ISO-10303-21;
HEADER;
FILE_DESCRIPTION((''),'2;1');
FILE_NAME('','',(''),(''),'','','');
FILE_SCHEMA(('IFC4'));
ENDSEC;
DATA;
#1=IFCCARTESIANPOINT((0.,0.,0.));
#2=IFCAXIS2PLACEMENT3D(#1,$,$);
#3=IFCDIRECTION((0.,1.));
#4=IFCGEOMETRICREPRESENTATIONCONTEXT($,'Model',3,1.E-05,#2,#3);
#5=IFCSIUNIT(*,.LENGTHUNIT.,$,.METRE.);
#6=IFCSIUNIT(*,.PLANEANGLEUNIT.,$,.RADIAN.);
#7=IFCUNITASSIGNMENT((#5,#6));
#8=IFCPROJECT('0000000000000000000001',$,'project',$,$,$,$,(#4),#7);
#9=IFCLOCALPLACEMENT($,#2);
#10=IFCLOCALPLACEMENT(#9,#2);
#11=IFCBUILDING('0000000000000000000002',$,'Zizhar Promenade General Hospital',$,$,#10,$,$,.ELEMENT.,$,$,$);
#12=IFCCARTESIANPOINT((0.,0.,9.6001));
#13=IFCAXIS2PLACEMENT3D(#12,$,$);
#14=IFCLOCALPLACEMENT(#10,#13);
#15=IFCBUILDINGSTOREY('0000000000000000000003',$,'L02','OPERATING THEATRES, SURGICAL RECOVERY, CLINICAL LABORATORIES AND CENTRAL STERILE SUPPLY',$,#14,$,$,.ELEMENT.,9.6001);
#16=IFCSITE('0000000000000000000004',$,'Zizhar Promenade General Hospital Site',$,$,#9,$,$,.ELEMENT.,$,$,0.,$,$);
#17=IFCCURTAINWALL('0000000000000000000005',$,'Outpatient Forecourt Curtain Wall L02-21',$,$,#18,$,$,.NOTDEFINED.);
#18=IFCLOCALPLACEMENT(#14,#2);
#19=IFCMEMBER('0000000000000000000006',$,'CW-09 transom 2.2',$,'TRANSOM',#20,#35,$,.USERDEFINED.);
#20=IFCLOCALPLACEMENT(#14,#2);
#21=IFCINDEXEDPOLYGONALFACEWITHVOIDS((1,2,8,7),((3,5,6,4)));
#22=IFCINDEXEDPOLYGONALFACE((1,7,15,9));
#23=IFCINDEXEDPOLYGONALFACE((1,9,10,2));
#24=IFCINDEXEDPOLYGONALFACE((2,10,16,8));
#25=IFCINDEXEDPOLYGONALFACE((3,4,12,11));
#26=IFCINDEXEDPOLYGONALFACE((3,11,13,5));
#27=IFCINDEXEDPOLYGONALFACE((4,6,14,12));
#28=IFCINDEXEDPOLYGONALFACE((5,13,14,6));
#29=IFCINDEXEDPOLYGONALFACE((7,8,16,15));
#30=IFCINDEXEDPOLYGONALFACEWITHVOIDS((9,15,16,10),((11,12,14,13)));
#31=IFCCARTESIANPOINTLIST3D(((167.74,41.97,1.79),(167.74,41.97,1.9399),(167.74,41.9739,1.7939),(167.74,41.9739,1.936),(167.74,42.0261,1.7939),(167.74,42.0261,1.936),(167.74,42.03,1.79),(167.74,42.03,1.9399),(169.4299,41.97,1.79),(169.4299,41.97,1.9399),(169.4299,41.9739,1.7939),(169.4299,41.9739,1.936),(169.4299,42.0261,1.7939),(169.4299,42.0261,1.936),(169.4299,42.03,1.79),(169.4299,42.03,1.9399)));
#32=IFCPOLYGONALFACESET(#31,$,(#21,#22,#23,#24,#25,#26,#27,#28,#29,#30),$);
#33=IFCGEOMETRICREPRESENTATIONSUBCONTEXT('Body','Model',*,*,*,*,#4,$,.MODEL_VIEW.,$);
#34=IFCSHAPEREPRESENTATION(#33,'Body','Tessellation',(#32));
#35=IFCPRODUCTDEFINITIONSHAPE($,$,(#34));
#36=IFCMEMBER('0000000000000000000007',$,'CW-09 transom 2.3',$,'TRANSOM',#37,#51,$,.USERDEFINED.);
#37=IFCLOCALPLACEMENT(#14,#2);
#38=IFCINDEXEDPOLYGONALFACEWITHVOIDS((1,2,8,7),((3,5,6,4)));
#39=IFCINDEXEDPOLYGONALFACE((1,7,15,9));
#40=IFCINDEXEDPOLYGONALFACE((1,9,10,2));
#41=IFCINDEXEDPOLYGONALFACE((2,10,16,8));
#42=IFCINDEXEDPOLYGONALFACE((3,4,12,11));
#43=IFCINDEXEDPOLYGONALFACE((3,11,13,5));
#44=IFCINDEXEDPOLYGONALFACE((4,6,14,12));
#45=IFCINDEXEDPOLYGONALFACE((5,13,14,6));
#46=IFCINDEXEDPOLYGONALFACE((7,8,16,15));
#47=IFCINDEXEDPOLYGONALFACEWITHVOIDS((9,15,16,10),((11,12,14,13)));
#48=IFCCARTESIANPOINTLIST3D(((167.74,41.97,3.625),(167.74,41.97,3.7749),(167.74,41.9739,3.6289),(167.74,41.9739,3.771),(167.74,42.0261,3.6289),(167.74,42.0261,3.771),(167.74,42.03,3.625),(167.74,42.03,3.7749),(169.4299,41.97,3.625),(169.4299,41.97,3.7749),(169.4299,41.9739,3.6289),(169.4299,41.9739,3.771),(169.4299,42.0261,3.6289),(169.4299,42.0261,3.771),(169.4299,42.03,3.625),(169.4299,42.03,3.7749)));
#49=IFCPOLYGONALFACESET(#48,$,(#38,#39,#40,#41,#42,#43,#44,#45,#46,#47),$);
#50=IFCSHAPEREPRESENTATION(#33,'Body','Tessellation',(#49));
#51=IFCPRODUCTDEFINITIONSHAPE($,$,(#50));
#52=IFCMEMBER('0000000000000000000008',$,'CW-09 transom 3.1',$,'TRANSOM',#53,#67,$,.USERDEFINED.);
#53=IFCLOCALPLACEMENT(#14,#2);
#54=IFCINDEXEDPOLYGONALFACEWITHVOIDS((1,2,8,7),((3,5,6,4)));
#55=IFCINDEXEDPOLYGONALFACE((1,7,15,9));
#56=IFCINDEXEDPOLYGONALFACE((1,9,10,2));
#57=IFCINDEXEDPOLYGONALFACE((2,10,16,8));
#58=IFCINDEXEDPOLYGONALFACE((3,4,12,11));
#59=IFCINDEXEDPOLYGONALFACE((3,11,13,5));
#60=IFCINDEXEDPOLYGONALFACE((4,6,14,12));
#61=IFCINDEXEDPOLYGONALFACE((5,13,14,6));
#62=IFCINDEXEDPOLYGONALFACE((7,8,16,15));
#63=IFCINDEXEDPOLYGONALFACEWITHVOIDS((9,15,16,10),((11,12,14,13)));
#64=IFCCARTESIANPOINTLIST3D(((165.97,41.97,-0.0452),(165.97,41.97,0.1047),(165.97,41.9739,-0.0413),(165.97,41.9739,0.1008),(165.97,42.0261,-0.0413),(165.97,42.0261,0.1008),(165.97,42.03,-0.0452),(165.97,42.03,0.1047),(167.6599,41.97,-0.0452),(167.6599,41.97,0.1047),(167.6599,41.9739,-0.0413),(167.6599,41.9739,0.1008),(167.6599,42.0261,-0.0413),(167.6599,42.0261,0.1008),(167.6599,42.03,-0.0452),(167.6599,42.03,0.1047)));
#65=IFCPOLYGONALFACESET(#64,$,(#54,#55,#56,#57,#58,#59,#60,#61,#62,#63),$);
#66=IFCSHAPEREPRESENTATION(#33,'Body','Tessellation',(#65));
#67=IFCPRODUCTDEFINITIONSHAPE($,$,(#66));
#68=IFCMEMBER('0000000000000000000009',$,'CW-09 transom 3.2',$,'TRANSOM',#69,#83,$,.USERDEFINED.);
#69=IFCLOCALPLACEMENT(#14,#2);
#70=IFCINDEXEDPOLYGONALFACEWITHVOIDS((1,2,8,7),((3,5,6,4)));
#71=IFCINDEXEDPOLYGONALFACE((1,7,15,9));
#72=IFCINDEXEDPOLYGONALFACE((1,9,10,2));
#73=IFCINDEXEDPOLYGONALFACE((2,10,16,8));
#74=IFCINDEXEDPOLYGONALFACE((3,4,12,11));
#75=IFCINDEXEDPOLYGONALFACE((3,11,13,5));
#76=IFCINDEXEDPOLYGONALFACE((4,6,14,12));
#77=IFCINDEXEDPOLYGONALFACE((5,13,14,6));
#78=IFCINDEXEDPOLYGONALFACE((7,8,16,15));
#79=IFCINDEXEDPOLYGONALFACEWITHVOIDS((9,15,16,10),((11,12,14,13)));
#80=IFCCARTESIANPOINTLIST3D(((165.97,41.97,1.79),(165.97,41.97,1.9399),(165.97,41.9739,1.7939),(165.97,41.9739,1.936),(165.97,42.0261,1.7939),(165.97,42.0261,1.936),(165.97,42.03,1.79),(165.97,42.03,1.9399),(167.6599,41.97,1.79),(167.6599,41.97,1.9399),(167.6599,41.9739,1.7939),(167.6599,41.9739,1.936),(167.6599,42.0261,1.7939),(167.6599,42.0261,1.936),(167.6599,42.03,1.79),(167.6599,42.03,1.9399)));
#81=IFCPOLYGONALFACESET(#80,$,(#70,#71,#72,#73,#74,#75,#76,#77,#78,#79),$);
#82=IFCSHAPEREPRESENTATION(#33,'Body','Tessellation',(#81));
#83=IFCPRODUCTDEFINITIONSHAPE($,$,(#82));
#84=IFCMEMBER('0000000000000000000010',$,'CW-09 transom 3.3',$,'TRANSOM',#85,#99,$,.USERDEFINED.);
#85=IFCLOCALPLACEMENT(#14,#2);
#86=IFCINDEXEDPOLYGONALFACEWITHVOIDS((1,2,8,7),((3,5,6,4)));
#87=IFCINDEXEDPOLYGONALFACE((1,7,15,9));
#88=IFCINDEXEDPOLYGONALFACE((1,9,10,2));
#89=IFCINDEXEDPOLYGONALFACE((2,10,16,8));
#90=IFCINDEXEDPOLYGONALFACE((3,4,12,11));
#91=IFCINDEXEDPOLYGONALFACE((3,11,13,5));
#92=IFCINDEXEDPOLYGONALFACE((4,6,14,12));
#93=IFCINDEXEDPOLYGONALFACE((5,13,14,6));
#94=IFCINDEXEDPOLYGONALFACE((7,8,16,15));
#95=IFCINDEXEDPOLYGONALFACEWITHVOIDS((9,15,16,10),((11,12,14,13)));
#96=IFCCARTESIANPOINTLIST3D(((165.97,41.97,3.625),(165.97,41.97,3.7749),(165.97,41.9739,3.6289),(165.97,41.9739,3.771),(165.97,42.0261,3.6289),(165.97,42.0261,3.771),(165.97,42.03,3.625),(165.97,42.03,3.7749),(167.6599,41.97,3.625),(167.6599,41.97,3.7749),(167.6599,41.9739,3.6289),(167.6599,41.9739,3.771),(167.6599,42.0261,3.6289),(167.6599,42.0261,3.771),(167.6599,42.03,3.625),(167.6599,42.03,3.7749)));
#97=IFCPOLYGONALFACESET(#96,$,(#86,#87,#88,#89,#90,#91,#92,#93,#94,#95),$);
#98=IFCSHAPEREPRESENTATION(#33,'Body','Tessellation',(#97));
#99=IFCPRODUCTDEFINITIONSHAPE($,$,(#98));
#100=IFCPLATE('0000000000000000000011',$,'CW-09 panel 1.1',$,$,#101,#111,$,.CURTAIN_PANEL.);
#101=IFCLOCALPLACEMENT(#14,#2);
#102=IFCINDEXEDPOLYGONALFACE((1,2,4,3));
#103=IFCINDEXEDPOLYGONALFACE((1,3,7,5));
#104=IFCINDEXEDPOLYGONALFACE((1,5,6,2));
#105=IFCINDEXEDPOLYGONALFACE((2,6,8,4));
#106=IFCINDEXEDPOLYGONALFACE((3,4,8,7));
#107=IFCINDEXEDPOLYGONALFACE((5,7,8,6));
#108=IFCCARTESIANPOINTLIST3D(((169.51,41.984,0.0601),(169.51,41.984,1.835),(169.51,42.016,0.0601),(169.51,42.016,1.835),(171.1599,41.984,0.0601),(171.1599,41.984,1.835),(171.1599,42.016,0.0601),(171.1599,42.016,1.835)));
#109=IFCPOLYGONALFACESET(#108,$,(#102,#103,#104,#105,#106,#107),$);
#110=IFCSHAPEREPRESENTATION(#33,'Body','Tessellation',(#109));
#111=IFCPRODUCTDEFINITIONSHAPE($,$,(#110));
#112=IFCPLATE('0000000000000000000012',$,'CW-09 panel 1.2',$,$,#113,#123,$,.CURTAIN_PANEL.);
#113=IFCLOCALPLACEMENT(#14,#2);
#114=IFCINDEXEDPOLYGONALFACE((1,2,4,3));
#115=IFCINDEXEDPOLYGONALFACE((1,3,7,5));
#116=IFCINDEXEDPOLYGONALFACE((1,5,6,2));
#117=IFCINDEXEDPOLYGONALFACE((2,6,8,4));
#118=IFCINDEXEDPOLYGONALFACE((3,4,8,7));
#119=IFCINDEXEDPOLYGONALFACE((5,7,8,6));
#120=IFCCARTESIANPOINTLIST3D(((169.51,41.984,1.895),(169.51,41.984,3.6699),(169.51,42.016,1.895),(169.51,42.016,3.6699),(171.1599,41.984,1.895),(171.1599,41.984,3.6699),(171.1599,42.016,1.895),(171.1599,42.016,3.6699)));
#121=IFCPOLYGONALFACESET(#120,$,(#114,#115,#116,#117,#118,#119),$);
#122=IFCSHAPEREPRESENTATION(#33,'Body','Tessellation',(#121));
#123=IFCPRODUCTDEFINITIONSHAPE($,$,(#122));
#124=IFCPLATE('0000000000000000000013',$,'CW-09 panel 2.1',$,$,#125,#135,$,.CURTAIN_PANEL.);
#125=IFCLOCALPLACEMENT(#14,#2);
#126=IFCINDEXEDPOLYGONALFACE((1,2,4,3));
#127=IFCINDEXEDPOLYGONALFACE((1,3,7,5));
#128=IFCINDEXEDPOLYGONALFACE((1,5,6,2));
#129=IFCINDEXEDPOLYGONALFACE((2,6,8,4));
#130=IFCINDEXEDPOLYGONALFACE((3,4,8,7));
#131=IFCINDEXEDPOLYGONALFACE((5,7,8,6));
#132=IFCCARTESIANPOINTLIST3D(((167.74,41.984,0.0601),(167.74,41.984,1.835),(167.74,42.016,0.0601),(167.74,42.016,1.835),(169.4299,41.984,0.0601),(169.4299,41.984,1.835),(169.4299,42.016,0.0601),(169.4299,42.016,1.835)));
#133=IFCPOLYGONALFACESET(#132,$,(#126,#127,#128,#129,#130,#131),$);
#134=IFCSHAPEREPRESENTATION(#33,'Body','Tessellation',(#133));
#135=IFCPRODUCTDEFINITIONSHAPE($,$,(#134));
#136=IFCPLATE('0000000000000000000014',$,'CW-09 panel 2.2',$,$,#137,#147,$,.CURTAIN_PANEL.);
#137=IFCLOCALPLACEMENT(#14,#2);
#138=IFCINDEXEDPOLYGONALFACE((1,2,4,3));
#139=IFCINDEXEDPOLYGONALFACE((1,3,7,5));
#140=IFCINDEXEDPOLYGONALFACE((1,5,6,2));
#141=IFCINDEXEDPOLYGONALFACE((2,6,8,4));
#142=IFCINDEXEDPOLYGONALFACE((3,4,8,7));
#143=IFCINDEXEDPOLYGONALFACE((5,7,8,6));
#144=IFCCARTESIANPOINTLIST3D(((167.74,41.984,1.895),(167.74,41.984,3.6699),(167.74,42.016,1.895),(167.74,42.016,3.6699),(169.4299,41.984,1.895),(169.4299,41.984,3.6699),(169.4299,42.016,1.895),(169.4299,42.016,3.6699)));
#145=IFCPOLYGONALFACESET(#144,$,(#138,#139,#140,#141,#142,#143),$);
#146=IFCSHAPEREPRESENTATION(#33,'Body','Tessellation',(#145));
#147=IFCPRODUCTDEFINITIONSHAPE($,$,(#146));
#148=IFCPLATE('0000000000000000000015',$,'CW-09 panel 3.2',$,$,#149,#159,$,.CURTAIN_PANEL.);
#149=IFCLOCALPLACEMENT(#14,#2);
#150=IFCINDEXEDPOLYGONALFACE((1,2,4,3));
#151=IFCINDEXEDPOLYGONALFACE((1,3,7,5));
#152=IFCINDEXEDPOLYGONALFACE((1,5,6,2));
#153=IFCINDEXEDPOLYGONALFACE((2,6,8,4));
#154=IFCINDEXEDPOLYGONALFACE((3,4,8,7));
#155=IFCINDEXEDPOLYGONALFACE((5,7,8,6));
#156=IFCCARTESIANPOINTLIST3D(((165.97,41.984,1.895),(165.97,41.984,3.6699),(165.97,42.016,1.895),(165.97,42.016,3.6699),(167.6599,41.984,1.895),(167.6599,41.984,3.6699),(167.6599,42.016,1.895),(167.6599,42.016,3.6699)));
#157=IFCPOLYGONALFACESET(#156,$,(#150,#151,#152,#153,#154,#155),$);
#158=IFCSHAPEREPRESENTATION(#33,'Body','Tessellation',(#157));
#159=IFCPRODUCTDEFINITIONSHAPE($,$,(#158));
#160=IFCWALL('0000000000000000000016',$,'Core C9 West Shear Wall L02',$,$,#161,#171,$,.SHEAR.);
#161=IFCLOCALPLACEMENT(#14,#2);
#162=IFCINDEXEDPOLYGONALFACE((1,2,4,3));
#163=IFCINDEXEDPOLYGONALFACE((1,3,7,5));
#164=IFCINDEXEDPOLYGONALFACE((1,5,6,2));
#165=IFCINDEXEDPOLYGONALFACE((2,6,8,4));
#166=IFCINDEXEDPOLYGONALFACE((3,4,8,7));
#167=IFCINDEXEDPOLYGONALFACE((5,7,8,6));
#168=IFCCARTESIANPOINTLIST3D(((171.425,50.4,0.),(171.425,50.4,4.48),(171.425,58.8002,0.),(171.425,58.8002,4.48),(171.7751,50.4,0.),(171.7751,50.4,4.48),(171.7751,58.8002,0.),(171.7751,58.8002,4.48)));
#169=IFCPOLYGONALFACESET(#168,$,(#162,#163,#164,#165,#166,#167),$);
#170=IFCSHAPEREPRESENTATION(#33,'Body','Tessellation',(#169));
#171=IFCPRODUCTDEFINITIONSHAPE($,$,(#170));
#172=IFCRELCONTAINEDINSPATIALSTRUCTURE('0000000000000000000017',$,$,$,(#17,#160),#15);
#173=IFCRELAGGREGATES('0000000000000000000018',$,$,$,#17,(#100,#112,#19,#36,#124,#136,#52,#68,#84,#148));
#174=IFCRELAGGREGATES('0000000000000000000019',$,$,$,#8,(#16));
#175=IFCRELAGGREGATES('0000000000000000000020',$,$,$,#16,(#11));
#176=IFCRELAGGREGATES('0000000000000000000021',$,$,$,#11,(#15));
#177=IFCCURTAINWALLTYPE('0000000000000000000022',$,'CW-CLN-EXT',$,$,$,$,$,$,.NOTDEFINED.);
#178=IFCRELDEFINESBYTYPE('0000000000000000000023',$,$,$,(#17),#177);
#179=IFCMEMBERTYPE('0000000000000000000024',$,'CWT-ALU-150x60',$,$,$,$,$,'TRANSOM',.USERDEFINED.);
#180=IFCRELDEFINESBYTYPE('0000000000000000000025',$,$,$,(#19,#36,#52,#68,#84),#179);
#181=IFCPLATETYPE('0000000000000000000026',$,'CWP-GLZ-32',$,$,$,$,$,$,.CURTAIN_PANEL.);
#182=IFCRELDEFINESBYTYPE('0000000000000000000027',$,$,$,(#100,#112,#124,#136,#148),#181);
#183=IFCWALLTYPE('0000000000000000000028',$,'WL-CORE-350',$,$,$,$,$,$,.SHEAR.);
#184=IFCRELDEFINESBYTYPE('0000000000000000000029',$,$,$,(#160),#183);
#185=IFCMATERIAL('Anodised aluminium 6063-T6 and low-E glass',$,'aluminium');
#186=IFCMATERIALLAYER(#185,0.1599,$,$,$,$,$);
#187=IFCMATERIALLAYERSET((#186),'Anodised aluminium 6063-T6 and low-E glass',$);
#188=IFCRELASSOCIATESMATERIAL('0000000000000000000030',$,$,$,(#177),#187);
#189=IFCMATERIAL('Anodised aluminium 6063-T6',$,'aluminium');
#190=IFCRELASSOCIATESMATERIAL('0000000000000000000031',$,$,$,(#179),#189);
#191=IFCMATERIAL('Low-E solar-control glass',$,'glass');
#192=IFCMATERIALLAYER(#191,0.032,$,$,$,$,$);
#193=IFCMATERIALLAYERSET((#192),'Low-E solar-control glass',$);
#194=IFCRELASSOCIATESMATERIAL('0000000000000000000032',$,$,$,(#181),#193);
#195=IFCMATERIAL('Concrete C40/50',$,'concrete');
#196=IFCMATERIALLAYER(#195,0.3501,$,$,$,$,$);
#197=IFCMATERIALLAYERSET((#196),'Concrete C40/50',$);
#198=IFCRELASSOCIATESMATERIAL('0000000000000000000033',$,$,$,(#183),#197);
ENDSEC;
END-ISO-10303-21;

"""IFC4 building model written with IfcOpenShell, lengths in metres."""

from ifc_helpers import new_model, si_unit, direction, frame, frame_2d, origin, origin_2d, place, context, subcontext, project, spatial, rectangle, hollow_rectangle, extrude, material, layer, layer_set, material_profile, profile_set, type_object, element, aggregate, save


model = new_model("IFC4")

# Units and contexts
model_context = context("Model", 3, precision=1e-05, world=origin(), true_north=direction((0.0, 1.0)))
body_context = subcontext(model_context, "Body", "Model", "MODEL_VIEW")
ifc_project = project(units=[si_unit("LENGTHUNIT", "METRE"), si_unit("PLANEANGLEUNIT", "RADIAN")], contexts=[model_context])

# Site, building, storey
site_placement = place(None, origin())
site = spatial("IfcSite", under=ifc_project, at=site_placement, Name="Zizhar Promenade General Hospital Site", CompositionType="ELEMENT", RefElevation=0.0)
building_placement = place(site_placement, origin())
building = spatial("IfcBuilding", under=site, at=building_placement, Name="Zizhar Promenade General Hospital", CompositionType="ELEMENT")
storey_placement = place(building_placement, frame((0.0, 0.0, 9.6001)))
storey = spatial("IfcBuildingStorey", under=building, at=storey_placement, Name="L02", Description="OPERATING THEATRES, SURGICAL RECOVERY, CLINICAL LABORATORIES AND CENTRAL STERILE SUPPLY", CompositionType="ELEMENT", Elevation=9.6001)

# Curtain wall, members, plates
ifc_material_1 = material(Name="Anodised aluminium 6063-T6 and low-E glass", Category="aluminium")
ifc_layer_1 = layer(ifc_material_1, 0.1599)
ifc_layer_set_1 = layer_set([ifc_layer_1], Name="Anodised aluminium 6063-T6 and low-E glass")
curtain_wall_type = type_object("IfcCurtainWallType", Name="CW-CLN-EXT", PredefinedType="NOTDEFINED", material=ifc_layer_set_1)
curtain_wall_placement = place(storey_placement, origin())
curtain_wall = element("IfcCurtainWall", 1, at=curtain_wall_placement, inside=storey, type_object=curtain_wall_type, Name="Outpatient Forecourt Curtain Wall L02-21", PredefinedType="NOTDEFINED")
ifc_material_2 = material(Name="Anodised aluminium 6063-T6", Category="aluminium")
ifc_material_profile_1 = material_profile(ifc_material_2, hollow_rectangle(XDim=0.0601, YDim=0.1499, WallThickness=0.0039, at=origin_2d()))
ifc_profile_set_1 = profile_set([ifc_material_profile_1], Name="Anodised aluminium 6063-T6")
member_type_1 = type_object("IfcMemberType", Name="CWT-ALU-150x60", ElementType="TRANSOM", PredefinedType="USERDEFINED", material=ifc_profile_set_1)
member_1_placement = place(storey_placement, frame((169.4299, 42.0, 1.865), z_axis=(-1.0, 0.0, 0.0), x_axis=(0.0, -1.0, 0.0)))
member_1 = element("IfcMember", 2, at=member_1_placement, type_object=member_type_1, Name="CW-09 transom 2.2", ObjectType="TRANSOM", PredefinedType="USERDEFINED", context=body_context, shape_type="SweptSolid", body=[
    extrude(hollow_rectangle(XDim=0.0601, YDim=0.1499, WallThickness=0.0039, at=origin_2d()), origin(), (0.0, 0.0, 1.0), 1.6899),
])
member_2_placement = place(storey_placement, frame((169.4299, 42.0, 3.7), z_axis=(-1.0, 0.0, 0.0), x_axis=(0.0, -1.0, 0.0)))
member_2 = element("IfcMember", 3, at=member_2_placement, type_object=member_type_1, Name="CW-09 transom 2.3", ObjectType="TRANSOM", PredefinedType="USERDEFINED", context=body_context, shape_type="SweptSolid", body=[
    extrude(hollow_rectangle(XDim=0.0601, YDim=0.1499, WallThickness=0.0039, at=origin_2d()), origin(), (0.0, 0.0, 1.0), 1.6899),
])
member_3_placement = place(storey_placement, frame((167.6599, 42.0, 0.0298), z_axis=(-1.0, 0.0, 0.0), x_axis=(0.0, -1.0, 0.0)))
member_3 = element("IfcMember", 4, at=member_3_placement, type_object=member_type_1, Name="CW-09 transom 3.1", ObjectType="TRANSOM", PredefinedType="USERDEFINED", context=body_context, shape_type="SweptSolid", body=[
    extrude(hollow_rectangle(XDim=0.0601, YDim=0.1499, WallThickness=0.0039, at=origin_2d()), origin(), (0.0, 0.0, 1.0), 1.6899),
])
member_4_placement = place(storey_placement, frame((167.6599, 42.0, 1.865), z_axis=(-1.0, 0.0, 0.0), x_axis=(0.0, -1.0, 0.0)))
member_4 = element("IfcMember", 5, at=member_4_placement, type_object=member_type_1, Name="CW-09 transom 3.2", ObjectType="TRANSOM", PredefinedType="USERDEFINED", context=body_context, shape_type="SweptSolid", body=[
    extrude(hollow_rectangle(XDim=0.0601, YDim=0.1499, WallThickness=0.0039, at=origin_2d()), origin(), (0.0, 0.0, 1.0), 1.6899),
])
member_5_placement = place(storey_placement, frame((167.6599, 42.0, 3.7), z_axis=(-1.0, 0.0, 0.0), x_axis=(0.0, -1.0, 0.0)))
member_5 = element("IfcMember", 6, at=member_5_placement, type_object=member_type_1, Name="CW-09 transom 3.3", ObjectType="TRANSOM", PredefinedType="USERDEFINED", context=body_context, shape_type="SweptSolid", body=[
    extrude(hollow_rectangle(XDim=0.0601, YDim=0.1499, WallThickness=0.0039, at=origin_2d()), origin(), (0.0, 0.0, 1.0), 1.6899),
])
ifc_material_3 = material(Name="Low-E solar-control glass", Category="glass")
ifc_layer_2 = layer(ifc_material_3, 0.032)
ifc_layer_set_2 = layer_set([ifc_layer_2], Name="Low-E solar-control glass")
plate_type = type_object("IfcPlateType", Name="CWP-GLZ-32", PredefinedType="CURTAIN_PANEL", material=ifc_layer_set_2)
plate_1_placement = place(storey_placement, frame((170.335, 42.0, 0.0601), z_axis=(0.0, 0.0, 1.0), x_axis=(-1.0, 0.0, 0.0)))
plate_1 = element("IfcPlate", 7, at=plate_1_placement, type_object=plate_type, Name="CW-09 panel 1.1", PredefinedType="CURTAIN_PANEL", context=body_context, shape_type="SweptSolid", body=[
    extrude(rectangle(XDim=1.6499, YDim=0.032, at=origin_2d()), origin(), (0.0, 0.0, 1.0), 1.7749),
])
plate_2_placement = place(storey_placement, frame((170.335, 42.0, 1.895), z_axis=(0.0, 0.0, 1.0), x_axis=(-1.0, 0.0, 0.0)))
plate_2 = element("IfcPlate", 8, at=plate_2_placement, type_object=plate_type, Name="CW-09 panel 1.2", PredefinedType="CURTAIN_PANEL", context=body_context, shape_type="SweptSolid", body=[
    extrude(rectangle(XDim=1.6499, YDim=0.032, at=origin_2d()), origin(), (0.0, 0.0, 1.0), 1.7749),
])
plate_3_placement = place(storey_placement, frame((168.585, 42.0, 0.0601), z_axis=(0.0, 0.0, 1.0), x_axis=(-1.0, 0.0, 0.0)))
plate_3 = element("IfcPlate", 9, at=plate_3_placement, type_object=plate_type, Name="CW-09 panel 2.1", PredefinedType="CURTAIN_PANEL", context=body_context, shape_type="SweptSolid", body=[
    extrude(rectangle(XDim=1.6899, YDim=0.032, at=origin_2d()), origin(), (0.0, 0.0, 1.0), 1.7749),
])
plate_4_placement = place(storey_placement, frame((168.585, 42.0, 1.895), z_axis=(0.0, 0.0, 1.0), x_axis=(-1.0, 0.0, 0.0)))
plate_4 = element("IfcPlate", 10, at=plate_4_placement, type_object=plate_type, Name="CW-09 panel 2.2", PredefinedType="CURTAIN_PANEL", context=body_context, shape_type="SweptSolid", body=[
    extrude(rectangle(XDim=1.6899, YDim=0.032, at=origin_2d()), origin(), (0.0, 0.0, 1.0), 1.7749),
])
plate_5_placement = place(storey_placement, frame((166.8149, 42.0, 1.895), z_axis=(0.0, 0.0, 1.0), x_axis=(-1.0, 0.0, 0.0)))
plate_5 = element("IfcPlate", 11, at=plate_5_placement, type_object=plate_type, Name="CW-09 panel 3.2", PredefinedType="CURTAIN_PANEL", context=body_context, shape_type="SweptSolid", body=[
    extrude(rectangle(XDim=1.6899, YDim=0.032, at=origin_2d()), origin(), (0.0, 0.0, 1.0), 1.7749),
])
aggregate(curtain_wall, [plate_1, plate_2, member_1, member_2, plate_3, plate_4, member_3, member_4, member_5, plate_5])

# Wall
ifc_material_4 = material(Name="Concrete C40/50", Category="concrete")
ifc_layer_3 = layer(ifc_material_4, 0.3501)
ifc_layer_set_3 = layer_set([ifc_layer_3], Name="Concrete C40/50")
wall_type_1 = type_object("IfcWallType", Name="WL-CORE-350", PredefinedType="SHEAR", material=ifc_layer_set_3)
wall_1_placement = place(storey_placement, frame((171.6001, 50.3999, 0.0), z_axis=(0.0, 0.0, 1.0), x_axis=(0.0, 1.0, 0.0)))
element("IfcWall", 12, at=wall_1_placement, inside=storey, type_object=wall_type_1, Name="Core C9 West Shear Wall L02", PredefinedType="SHEAR", context=body_context, shape_type="SweptSolid", body=[
    extrude(rectangle(XDim=8.4001, YDim=0.3501, at=frame_2d((4.2002, 0.0))), origin(), (0.0, 0.0, 1.0), 4.48),
])

save(model, "model.ifc")
